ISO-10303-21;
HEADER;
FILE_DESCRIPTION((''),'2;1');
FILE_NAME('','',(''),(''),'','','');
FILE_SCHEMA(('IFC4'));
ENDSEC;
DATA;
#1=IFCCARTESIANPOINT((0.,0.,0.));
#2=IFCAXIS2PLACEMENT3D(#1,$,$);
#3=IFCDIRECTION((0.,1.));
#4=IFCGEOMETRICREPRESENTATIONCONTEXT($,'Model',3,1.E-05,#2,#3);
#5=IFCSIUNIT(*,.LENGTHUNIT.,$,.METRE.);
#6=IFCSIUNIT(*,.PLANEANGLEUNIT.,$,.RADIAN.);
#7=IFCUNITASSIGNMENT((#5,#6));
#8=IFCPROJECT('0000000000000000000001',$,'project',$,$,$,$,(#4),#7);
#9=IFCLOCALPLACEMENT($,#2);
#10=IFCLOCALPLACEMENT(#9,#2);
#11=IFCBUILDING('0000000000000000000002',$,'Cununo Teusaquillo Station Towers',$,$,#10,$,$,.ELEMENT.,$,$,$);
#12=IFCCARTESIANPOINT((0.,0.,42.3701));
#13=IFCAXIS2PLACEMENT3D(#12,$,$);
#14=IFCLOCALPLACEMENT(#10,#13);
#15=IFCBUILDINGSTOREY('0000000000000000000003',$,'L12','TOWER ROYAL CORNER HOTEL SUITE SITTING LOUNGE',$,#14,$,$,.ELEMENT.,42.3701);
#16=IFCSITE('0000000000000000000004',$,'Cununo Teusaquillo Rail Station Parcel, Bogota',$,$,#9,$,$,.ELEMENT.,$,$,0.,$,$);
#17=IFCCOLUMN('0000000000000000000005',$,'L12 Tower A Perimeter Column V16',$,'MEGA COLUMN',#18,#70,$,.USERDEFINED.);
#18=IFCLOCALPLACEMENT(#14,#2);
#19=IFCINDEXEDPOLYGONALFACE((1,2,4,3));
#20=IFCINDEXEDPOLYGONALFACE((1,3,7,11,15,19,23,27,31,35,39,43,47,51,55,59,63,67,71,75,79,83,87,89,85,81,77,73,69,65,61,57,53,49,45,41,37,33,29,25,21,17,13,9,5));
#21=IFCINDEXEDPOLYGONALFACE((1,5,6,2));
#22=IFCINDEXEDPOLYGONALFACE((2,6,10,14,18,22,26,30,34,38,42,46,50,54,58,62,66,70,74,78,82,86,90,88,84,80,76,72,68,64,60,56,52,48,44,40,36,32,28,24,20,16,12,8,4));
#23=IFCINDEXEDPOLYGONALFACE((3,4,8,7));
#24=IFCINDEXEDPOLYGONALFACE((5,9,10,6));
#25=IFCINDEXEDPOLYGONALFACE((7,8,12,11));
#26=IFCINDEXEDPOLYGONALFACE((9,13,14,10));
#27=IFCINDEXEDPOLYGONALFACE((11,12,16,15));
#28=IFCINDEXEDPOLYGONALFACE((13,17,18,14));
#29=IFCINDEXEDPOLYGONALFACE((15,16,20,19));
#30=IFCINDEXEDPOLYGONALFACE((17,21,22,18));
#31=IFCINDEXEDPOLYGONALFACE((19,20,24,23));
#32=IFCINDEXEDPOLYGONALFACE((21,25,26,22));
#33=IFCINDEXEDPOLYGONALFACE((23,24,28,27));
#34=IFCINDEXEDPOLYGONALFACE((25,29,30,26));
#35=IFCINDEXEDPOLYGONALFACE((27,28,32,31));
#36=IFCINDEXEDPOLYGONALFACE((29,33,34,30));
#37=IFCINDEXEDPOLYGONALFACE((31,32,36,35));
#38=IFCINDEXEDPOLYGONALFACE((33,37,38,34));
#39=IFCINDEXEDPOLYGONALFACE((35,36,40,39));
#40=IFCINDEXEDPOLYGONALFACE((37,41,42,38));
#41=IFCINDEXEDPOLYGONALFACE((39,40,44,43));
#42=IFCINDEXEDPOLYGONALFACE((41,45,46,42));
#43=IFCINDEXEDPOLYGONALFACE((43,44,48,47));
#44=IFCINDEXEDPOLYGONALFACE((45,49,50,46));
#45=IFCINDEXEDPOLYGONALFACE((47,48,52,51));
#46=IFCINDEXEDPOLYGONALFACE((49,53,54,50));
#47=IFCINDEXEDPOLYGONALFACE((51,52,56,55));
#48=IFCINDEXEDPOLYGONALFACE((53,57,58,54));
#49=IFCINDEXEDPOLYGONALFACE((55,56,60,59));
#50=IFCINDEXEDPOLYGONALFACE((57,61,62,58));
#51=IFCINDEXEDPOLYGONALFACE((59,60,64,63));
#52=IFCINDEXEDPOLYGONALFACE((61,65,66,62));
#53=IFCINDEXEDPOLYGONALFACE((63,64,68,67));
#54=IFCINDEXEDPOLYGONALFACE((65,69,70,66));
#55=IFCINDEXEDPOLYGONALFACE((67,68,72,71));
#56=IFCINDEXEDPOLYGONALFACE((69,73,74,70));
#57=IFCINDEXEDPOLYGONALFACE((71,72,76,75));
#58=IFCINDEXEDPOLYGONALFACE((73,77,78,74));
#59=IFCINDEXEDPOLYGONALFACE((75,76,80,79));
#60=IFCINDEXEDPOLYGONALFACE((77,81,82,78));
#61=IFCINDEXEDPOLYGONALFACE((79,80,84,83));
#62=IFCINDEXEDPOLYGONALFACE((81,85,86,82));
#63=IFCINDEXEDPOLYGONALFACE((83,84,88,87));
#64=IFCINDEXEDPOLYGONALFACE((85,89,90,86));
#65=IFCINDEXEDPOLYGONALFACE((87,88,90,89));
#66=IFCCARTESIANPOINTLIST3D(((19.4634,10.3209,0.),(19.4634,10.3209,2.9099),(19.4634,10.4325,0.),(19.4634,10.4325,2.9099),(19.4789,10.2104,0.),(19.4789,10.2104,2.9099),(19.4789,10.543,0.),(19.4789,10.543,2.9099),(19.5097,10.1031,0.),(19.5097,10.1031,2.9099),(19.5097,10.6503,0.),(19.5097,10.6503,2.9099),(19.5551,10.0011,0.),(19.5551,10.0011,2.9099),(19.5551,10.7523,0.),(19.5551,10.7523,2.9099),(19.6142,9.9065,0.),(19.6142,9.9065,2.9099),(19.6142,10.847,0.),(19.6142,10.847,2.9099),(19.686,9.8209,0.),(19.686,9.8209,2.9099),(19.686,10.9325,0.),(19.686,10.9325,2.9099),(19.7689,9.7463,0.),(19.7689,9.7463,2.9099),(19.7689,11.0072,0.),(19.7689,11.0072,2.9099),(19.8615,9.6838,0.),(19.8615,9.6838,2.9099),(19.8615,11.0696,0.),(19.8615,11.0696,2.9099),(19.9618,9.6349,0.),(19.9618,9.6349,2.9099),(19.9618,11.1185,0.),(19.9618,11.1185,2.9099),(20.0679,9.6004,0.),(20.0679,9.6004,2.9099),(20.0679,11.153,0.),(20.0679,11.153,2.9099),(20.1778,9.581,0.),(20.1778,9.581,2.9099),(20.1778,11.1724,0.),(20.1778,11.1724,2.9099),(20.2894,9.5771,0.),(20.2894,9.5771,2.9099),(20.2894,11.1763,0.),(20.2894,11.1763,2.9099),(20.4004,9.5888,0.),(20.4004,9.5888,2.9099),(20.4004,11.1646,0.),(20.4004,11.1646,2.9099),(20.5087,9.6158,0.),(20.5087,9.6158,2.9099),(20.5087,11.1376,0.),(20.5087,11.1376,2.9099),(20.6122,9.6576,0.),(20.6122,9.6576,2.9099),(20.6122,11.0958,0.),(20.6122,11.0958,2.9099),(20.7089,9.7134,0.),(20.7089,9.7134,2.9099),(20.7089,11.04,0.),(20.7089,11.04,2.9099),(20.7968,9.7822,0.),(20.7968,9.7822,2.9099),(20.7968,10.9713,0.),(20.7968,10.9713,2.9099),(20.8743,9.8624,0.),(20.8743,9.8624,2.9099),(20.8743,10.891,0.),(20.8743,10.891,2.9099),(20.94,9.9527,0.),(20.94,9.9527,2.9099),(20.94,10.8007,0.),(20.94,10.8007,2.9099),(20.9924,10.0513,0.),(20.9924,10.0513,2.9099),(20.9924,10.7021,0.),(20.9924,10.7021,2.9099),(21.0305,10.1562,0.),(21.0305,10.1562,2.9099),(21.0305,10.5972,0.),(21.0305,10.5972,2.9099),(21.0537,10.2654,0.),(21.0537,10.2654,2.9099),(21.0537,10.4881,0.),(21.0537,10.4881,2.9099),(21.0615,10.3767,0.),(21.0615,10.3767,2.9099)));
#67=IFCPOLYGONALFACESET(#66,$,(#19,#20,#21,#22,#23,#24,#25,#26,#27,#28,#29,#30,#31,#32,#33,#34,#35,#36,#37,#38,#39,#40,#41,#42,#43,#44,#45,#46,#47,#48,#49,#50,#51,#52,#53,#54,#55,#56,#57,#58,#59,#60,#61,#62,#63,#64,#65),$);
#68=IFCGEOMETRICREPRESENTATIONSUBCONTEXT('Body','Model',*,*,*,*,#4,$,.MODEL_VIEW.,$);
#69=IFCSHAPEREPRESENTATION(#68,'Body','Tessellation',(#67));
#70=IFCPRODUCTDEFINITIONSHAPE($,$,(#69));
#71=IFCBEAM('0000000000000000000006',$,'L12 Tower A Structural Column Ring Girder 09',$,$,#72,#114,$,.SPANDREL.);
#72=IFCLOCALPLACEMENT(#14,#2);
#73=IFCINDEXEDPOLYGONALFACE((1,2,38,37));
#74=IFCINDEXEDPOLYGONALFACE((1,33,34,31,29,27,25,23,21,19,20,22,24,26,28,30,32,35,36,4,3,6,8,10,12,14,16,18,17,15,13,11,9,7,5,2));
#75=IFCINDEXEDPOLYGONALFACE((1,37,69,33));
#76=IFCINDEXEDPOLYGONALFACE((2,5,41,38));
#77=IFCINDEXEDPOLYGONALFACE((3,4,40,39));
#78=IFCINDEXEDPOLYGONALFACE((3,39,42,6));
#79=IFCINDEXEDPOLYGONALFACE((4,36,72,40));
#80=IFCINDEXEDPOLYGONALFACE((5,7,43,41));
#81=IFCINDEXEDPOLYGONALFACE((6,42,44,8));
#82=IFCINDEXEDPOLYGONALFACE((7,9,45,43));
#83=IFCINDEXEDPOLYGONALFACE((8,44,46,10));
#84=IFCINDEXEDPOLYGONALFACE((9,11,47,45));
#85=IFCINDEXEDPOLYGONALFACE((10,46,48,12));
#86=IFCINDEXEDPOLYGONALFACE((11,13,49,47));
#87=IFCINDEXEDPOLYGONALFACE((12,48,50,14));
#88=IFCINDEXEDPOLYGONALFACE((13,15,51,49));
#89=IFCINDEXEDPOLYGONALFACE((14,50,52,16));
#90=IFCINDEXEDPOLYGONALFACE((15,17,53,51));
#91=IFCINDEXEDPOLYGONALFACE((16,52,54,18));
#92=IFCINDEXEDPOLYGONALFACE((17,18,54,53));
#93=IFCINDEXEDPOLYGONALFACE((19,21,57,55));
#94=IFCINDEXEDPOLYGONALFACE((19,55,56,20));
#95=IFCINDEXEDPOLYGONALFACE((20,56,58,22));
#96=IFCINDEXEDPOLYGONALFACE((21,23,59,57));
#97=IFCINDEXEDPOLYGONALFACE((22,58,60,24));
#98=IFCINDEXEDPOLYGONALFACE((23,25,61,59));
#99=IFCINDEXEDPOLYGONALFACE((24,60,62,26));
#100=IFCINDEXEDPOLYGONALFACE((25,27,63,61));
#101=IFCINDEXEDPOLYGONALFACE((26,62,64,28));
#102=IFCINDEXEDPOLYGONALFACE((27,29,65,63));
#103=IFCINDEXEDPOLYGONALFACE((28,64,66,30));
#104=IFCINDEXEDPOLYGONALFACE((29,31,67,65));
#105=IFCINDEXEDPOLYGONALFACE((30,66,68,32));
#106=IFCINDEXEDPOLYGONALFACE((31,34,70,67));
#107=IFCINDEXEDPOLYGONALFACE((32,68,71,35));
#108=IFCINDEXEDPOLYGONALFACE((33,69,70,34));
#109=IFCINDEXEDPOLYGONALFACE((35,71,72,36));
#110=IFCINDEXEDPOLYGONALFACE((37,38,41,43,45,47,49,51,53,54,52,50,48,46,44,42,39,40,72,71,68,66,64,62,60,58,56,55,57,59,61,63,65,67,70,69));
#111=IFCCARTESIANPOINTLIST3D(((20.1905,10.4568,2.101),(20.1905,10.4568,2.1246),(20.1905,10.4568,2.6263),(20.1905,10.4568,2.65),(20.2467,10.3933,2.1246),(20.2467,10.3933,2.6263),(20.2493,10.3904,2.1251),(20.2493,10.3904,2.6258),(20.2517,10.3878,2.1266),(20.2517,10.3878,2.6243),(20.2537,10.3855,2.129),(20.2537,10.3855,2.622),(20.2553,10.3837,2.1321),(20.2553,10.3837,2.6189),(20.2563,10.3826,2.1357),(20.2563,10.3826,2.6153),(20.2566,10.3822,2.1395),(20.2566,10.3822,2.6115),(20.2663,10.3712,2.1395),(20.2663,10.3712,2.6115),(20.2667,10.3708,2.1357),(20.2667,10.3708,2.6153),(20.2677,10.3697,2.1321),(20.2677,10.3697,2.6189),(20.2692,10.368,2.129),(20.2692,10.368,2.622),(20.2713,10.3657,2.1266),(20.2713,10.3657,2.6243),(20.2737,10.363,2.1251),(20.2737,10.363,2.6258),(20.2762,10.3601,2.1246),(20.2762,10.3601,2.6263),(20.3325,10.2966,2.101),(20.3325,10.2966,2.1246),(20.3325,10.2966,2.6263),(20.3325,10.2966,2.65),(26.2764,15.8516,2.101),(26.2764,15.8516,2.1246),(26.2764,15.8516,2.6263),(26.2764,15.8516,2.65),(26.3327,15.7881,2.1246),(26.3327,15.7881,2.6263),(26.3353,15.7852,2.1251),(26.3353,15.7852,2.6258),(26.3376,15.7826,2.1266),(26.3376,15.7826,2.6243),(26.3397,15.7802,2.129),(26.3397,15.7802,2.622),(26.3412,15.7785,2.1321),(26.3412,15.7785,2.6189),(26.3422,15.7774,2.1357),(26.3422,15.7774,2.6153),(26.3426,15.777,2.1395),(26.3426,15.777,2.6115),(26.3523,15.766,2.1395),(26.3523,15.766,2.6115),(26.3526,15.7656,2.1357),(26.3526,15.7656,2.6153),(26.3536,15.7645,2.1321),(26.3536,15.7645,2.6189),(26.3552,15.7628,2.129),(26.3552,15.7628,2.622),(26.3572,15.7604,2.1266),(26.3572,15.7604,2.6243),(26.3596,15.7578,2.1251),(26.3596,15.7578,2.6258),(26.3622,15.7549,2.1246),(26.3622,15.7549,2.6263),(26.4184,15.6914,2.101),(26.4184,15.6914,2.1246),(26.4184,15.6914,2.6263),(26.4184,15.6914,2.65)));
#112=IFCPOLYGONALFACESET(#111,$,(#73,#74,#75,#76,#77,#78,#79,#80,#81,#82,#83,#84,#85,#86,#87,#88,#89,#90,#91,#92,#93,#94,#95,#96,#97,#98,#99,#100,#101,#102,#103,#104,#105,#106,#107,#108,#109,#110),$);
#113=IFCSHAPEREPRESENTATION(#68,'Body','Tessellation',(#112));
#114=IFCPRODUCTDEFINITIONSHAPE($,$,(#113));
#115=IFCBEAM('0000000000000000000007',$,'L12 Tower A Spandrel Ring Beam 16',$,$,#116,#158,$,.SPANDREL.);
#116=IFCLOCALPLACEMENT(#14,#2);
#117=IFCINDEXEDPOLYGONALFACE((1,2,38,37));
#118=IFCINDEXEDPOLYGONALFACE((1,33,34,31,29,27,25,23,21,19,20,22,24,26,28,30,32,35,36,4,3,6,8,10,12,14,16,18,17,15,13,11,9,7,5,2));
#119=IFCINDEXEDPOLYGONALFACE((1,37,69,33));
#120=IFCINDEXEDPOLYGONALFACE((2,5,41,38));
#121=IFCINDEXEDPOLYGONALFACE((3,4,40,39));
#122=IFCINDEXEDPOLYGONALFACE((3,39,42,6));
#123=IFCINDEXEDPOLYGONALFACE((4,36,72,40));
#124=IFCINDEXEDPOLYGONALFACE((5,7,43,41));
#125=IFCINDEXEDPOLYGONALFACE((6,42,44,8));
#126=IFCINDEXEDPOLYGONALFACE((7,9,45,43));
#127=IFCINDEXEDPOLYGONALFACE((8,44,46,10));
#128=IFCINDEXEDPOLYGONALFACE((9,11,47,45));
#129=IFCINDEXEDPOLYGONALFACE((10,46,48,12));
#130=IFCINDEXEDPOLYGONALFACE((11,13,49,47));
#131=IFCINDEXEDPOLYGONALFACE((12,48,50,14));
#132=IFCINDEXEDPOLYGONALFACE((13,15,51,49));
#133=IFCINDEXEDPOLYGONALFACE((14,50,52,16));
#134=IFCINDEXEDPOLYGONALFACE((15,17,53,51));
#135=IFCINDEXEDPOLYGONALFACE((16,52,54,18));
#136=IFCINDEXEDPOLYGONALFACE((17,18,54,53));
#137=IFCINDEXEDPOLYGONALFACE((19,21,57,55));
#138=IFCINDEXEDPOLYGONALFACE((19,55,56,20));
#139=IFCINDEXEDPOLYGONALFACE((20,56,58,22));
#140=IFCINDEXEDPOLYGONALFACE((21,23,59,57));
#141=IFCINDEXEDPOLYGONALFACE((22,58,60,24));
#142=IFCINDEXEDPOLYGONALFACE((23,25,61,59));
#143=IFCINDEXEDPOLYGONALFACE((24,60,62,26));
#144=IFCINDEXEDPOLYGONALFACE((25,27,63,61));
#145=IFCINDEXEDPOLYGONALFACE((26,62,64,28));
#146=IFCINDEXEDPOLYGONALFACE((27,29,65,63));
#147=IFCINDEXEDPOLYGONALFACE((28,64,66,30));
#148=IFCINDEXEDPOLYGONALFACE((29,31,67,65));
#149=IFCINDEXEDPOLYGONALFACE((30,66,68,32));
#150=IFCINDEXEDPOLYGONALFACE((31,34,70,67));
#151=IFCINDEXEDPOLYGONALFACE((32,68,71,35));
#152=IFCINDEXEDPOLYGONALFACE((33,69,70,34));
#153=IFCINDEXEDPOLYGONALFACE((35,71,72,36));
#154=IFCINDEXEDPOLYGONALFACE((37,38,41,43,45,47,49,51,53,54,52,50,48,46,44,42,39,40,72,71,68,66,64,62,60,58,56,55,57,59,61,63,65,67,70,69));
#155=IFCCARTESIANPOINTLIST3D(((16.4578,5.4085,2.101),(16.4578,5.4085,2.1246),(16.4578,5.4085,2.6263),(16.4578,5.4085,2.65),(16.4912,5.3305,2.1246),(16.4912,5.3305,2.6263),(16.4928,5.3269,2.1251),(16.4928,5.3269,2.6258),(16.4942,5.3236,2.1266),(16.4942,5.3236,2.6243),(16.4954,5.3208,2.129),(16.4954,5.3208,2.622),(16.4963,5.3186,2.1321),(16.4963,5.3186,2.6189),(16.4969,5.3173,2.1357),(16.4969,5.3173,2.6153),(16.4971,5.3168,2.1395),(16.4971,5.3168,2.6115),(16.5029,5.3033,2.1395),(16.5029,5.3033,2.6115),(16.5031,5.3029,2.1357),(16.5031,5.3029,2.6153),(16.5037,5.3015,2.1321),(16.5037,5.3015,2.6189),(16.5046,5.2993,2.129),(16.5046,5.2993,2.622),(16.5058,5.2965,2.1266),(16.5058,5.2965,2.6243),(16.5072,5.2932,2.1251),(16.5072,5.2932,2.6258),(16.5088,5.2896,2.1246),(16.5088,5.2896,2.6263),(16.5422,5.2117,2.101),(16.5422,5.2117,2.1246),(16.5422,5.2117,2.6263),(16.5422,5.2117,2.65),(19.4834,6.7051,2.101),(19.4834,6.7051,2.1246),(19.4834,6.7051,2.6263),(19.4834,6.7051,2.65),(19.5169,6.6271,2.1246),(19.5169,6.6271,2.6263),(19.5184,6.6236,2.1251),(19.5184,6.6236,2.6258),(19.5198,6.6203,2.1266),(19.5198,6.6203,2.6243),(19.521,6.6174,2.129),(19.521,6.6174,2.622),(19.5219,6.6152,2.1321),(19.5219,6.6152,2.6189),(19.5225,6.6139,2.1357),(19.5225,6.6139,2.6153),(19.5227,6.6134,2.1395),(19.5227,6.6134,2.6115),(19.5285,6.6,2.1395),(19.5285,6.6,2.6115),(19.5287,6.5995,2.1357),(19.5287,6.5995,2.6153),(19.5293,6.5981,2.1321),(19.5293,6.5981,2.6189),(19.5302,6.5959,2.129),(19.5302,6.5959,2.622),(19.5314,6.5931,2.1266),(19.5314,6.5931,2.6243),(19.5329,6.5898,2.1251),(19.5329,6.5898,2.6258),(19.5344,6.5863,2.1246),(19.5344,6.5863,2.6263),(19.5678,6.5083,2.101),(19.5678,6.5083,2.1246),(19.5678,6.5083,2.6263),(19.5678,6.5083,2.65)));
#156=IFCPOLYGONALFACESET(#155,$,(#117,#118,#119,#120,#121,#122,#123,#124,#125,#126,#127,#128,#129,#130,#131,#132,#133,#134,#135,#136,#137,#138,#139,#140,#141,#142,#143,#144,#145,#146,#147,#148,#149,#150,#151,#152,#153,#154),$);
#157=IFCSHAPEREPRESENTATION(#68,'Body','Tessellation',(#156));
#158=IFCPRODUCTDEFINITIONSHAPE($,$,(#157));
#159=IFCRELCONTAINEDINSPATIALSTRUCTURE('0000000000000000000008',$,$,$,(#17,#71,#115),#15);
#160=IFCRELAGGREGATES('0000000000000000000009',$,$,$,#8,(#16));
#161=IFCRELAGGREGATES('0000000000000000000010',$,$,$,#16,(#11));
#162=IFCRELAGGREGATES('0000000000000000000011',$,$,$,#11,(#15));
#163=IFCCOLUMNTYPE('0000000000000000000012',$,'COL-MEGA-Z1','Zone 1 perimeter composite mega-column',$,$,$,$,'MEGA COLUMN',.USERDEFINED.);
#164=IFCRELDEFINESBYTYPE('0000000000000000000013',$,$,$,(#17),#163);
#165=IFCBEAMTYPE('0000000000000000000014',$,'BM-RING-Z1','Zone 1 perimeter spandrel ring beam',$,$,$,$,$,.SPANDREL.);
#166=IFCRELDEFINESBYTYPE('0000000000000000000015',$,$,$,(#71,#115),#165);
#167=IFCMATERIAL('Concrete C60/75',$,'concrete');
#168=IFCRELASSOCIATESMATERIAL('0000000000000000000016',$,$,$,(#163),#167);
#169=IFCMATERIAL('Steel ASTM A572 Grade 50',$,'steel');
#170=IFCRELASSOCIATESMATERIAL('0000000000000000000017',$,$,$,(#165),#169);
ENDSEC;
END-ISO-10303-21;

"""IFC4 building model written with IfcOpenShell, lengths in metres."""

from ifc_helpers import new_model, si_unit, direction, frame, origin, origin_2d, place, context, subcontext, project, spatial, circle, i_section, extrude, material, material_profile, profile_set, type_object, element, save


model = new_model("IFC4")

# Units and contexts
model_context = context("Model", 3, precision=1e-05, world=origin(), true_north=direction((0.0, 1.0)))
body_context = subcontext(model_context, "Body", "Model", "MODEL_VIEW")
ifc_project = project(units=[si_unit("LENGTHUNIT", "METRE"), si_unit("PLANEANGLEUNIT", "RADIAN")], contexts=[model_context])

# Site, building, storey
site_placement = place(None, origin())
site = spatial("IfcSite", under=ifc_project, at=site_placement, Name="Cununo Teusaquillo Rail Station Parcel, Bogota", CompositionType="ELEMENT", RefElevation=0.0)
building_placement = place(site_placement, origin())
building = spatial("IfcBuilding", under=site, at=building_placement, Name="Cununo Teusaquillo Station Towers", CompositionType="ELEMENT")
storey_placement = place(building_placement, frame((0.0, 0.0, 42.3701)))
storey = spatial("IfcBuildingStorey", under=building, at=storey_placement, Name="L12", Description="TOWER ROYAL CORNER HOTEL SUITE SITTING LOUNGE", CompositionType="ELEMENT", Elevation=42.3701)

# Column
ifc_material_1 = material(Name="Concrete C60/75", Category="concrete")
ifc_material_profile_1 = material_profile(ifc_material_1, circle(Radius=0.8, at=origin_2d()), Name="RC-CIRC-1600")
ifc_profile_set_1 = profile_set([ifc_material_profile_1], Name="Concrete C60/75")
column_type = type_object("IfcColumnType", Name="COL-MEGA-Z1", Description="Zone 1 perimeter composite mega-column", ElementType="MEGA COLUMN", PredefinedType="USERDEFINED", material=ifc_profile_set_1)
column_placement = place(storey_placement, frame((20.2615, 10.3767, 0.0), z_axis=(0.0, 0.0, 1.0), x_axis=(1.0, 0.0, 0.0)))
element("IfcColumn", 1, at=column_placement, inside=storey, type_object=column_type, Name="L12 Tower A Perimeter Column V16", ObjectType="MEGA COLUMN", PredefinedType="USERDEFINED", context=body_context, shape_type="SweptSolid", body=[
    extrude(circle(Radius=0.8, at=origin_2d()), origin(), (0.0, 0.0, 1.0), 2.9099),
])

# Beams
ifc_material_2 = material(Name="Steel ASTM A572 Grade 50", Category="steel")
ifc_material_profile_2 = material_profile(ifc_material_2, i_section(OverallWidth=0.2141, OverallDepth=0.5491, WebThickness=0.0146, FlangeThickness=0.0237, FilletRadius=0.0149, at=origin_2d()), Name="W21X93")
ifc_profile_set_2 = profile_set([ifc_material_profile_2], Name="Steel ASTM A572 Grade 50")
beam_type = type_object("IfcBeamType", Name="BM-RING-Z1", Description="Zone 1 perimeter spandrel ring beam", PredefinedType="SPANDREL", material=ifc_profile_set_2)
beam_1_placement = place(storey_placement, frame((20.2615, 10.3767, 2.3755), z_axis=(0.748321, 0.663337, 0.0), x_axis=(-0.663337, 0.748321, 0.0)))
element("IfcBeam", 2, at=beam_1_placement, inside=storey, type_object=beam_type, Name="L12 Tower A Structural Column Ring Girder 09", PredefinedType="SPANDREL", context=body_context, shape_type="SweptSolid", body=[
    extrude(i_section(OverallWidth=0.2141, OverallDepth=0.5491, WebThickness=0.0146, FlangeThickness=0.0237, FilletRadius=0.0149, at=origin_2d()), origin(), (0.0, 0.0, 1.0), 8.1328),
])
beam_2_placement = place(storey_placement, frame((16.5, 5.3101, 2.3755), z_axis=(0.919153, 0.393901, 0.0), x_axis=(-0.393901, 0.919153, 0.0)))
element("IfcBeam", 3, at=beam_2_placement, inside=storey, type_object=beam_type, Name="L12 Tower A Spandrel Ring Beam 16", PredefinedType="SPANDREL", context=body_context, shape_type="SweptSolid", body=[
    extrude(i_section(OverallWidth=0.2141, OverallDepth=0.5491, WebThickness=0.0146, FlangeThickness=0.0237, FilletRadius=0.0149, at=origin_2d()), origin(), (0.0, 0.0, 1.0), 3.2917),
])

save(model, "model.ifc")
